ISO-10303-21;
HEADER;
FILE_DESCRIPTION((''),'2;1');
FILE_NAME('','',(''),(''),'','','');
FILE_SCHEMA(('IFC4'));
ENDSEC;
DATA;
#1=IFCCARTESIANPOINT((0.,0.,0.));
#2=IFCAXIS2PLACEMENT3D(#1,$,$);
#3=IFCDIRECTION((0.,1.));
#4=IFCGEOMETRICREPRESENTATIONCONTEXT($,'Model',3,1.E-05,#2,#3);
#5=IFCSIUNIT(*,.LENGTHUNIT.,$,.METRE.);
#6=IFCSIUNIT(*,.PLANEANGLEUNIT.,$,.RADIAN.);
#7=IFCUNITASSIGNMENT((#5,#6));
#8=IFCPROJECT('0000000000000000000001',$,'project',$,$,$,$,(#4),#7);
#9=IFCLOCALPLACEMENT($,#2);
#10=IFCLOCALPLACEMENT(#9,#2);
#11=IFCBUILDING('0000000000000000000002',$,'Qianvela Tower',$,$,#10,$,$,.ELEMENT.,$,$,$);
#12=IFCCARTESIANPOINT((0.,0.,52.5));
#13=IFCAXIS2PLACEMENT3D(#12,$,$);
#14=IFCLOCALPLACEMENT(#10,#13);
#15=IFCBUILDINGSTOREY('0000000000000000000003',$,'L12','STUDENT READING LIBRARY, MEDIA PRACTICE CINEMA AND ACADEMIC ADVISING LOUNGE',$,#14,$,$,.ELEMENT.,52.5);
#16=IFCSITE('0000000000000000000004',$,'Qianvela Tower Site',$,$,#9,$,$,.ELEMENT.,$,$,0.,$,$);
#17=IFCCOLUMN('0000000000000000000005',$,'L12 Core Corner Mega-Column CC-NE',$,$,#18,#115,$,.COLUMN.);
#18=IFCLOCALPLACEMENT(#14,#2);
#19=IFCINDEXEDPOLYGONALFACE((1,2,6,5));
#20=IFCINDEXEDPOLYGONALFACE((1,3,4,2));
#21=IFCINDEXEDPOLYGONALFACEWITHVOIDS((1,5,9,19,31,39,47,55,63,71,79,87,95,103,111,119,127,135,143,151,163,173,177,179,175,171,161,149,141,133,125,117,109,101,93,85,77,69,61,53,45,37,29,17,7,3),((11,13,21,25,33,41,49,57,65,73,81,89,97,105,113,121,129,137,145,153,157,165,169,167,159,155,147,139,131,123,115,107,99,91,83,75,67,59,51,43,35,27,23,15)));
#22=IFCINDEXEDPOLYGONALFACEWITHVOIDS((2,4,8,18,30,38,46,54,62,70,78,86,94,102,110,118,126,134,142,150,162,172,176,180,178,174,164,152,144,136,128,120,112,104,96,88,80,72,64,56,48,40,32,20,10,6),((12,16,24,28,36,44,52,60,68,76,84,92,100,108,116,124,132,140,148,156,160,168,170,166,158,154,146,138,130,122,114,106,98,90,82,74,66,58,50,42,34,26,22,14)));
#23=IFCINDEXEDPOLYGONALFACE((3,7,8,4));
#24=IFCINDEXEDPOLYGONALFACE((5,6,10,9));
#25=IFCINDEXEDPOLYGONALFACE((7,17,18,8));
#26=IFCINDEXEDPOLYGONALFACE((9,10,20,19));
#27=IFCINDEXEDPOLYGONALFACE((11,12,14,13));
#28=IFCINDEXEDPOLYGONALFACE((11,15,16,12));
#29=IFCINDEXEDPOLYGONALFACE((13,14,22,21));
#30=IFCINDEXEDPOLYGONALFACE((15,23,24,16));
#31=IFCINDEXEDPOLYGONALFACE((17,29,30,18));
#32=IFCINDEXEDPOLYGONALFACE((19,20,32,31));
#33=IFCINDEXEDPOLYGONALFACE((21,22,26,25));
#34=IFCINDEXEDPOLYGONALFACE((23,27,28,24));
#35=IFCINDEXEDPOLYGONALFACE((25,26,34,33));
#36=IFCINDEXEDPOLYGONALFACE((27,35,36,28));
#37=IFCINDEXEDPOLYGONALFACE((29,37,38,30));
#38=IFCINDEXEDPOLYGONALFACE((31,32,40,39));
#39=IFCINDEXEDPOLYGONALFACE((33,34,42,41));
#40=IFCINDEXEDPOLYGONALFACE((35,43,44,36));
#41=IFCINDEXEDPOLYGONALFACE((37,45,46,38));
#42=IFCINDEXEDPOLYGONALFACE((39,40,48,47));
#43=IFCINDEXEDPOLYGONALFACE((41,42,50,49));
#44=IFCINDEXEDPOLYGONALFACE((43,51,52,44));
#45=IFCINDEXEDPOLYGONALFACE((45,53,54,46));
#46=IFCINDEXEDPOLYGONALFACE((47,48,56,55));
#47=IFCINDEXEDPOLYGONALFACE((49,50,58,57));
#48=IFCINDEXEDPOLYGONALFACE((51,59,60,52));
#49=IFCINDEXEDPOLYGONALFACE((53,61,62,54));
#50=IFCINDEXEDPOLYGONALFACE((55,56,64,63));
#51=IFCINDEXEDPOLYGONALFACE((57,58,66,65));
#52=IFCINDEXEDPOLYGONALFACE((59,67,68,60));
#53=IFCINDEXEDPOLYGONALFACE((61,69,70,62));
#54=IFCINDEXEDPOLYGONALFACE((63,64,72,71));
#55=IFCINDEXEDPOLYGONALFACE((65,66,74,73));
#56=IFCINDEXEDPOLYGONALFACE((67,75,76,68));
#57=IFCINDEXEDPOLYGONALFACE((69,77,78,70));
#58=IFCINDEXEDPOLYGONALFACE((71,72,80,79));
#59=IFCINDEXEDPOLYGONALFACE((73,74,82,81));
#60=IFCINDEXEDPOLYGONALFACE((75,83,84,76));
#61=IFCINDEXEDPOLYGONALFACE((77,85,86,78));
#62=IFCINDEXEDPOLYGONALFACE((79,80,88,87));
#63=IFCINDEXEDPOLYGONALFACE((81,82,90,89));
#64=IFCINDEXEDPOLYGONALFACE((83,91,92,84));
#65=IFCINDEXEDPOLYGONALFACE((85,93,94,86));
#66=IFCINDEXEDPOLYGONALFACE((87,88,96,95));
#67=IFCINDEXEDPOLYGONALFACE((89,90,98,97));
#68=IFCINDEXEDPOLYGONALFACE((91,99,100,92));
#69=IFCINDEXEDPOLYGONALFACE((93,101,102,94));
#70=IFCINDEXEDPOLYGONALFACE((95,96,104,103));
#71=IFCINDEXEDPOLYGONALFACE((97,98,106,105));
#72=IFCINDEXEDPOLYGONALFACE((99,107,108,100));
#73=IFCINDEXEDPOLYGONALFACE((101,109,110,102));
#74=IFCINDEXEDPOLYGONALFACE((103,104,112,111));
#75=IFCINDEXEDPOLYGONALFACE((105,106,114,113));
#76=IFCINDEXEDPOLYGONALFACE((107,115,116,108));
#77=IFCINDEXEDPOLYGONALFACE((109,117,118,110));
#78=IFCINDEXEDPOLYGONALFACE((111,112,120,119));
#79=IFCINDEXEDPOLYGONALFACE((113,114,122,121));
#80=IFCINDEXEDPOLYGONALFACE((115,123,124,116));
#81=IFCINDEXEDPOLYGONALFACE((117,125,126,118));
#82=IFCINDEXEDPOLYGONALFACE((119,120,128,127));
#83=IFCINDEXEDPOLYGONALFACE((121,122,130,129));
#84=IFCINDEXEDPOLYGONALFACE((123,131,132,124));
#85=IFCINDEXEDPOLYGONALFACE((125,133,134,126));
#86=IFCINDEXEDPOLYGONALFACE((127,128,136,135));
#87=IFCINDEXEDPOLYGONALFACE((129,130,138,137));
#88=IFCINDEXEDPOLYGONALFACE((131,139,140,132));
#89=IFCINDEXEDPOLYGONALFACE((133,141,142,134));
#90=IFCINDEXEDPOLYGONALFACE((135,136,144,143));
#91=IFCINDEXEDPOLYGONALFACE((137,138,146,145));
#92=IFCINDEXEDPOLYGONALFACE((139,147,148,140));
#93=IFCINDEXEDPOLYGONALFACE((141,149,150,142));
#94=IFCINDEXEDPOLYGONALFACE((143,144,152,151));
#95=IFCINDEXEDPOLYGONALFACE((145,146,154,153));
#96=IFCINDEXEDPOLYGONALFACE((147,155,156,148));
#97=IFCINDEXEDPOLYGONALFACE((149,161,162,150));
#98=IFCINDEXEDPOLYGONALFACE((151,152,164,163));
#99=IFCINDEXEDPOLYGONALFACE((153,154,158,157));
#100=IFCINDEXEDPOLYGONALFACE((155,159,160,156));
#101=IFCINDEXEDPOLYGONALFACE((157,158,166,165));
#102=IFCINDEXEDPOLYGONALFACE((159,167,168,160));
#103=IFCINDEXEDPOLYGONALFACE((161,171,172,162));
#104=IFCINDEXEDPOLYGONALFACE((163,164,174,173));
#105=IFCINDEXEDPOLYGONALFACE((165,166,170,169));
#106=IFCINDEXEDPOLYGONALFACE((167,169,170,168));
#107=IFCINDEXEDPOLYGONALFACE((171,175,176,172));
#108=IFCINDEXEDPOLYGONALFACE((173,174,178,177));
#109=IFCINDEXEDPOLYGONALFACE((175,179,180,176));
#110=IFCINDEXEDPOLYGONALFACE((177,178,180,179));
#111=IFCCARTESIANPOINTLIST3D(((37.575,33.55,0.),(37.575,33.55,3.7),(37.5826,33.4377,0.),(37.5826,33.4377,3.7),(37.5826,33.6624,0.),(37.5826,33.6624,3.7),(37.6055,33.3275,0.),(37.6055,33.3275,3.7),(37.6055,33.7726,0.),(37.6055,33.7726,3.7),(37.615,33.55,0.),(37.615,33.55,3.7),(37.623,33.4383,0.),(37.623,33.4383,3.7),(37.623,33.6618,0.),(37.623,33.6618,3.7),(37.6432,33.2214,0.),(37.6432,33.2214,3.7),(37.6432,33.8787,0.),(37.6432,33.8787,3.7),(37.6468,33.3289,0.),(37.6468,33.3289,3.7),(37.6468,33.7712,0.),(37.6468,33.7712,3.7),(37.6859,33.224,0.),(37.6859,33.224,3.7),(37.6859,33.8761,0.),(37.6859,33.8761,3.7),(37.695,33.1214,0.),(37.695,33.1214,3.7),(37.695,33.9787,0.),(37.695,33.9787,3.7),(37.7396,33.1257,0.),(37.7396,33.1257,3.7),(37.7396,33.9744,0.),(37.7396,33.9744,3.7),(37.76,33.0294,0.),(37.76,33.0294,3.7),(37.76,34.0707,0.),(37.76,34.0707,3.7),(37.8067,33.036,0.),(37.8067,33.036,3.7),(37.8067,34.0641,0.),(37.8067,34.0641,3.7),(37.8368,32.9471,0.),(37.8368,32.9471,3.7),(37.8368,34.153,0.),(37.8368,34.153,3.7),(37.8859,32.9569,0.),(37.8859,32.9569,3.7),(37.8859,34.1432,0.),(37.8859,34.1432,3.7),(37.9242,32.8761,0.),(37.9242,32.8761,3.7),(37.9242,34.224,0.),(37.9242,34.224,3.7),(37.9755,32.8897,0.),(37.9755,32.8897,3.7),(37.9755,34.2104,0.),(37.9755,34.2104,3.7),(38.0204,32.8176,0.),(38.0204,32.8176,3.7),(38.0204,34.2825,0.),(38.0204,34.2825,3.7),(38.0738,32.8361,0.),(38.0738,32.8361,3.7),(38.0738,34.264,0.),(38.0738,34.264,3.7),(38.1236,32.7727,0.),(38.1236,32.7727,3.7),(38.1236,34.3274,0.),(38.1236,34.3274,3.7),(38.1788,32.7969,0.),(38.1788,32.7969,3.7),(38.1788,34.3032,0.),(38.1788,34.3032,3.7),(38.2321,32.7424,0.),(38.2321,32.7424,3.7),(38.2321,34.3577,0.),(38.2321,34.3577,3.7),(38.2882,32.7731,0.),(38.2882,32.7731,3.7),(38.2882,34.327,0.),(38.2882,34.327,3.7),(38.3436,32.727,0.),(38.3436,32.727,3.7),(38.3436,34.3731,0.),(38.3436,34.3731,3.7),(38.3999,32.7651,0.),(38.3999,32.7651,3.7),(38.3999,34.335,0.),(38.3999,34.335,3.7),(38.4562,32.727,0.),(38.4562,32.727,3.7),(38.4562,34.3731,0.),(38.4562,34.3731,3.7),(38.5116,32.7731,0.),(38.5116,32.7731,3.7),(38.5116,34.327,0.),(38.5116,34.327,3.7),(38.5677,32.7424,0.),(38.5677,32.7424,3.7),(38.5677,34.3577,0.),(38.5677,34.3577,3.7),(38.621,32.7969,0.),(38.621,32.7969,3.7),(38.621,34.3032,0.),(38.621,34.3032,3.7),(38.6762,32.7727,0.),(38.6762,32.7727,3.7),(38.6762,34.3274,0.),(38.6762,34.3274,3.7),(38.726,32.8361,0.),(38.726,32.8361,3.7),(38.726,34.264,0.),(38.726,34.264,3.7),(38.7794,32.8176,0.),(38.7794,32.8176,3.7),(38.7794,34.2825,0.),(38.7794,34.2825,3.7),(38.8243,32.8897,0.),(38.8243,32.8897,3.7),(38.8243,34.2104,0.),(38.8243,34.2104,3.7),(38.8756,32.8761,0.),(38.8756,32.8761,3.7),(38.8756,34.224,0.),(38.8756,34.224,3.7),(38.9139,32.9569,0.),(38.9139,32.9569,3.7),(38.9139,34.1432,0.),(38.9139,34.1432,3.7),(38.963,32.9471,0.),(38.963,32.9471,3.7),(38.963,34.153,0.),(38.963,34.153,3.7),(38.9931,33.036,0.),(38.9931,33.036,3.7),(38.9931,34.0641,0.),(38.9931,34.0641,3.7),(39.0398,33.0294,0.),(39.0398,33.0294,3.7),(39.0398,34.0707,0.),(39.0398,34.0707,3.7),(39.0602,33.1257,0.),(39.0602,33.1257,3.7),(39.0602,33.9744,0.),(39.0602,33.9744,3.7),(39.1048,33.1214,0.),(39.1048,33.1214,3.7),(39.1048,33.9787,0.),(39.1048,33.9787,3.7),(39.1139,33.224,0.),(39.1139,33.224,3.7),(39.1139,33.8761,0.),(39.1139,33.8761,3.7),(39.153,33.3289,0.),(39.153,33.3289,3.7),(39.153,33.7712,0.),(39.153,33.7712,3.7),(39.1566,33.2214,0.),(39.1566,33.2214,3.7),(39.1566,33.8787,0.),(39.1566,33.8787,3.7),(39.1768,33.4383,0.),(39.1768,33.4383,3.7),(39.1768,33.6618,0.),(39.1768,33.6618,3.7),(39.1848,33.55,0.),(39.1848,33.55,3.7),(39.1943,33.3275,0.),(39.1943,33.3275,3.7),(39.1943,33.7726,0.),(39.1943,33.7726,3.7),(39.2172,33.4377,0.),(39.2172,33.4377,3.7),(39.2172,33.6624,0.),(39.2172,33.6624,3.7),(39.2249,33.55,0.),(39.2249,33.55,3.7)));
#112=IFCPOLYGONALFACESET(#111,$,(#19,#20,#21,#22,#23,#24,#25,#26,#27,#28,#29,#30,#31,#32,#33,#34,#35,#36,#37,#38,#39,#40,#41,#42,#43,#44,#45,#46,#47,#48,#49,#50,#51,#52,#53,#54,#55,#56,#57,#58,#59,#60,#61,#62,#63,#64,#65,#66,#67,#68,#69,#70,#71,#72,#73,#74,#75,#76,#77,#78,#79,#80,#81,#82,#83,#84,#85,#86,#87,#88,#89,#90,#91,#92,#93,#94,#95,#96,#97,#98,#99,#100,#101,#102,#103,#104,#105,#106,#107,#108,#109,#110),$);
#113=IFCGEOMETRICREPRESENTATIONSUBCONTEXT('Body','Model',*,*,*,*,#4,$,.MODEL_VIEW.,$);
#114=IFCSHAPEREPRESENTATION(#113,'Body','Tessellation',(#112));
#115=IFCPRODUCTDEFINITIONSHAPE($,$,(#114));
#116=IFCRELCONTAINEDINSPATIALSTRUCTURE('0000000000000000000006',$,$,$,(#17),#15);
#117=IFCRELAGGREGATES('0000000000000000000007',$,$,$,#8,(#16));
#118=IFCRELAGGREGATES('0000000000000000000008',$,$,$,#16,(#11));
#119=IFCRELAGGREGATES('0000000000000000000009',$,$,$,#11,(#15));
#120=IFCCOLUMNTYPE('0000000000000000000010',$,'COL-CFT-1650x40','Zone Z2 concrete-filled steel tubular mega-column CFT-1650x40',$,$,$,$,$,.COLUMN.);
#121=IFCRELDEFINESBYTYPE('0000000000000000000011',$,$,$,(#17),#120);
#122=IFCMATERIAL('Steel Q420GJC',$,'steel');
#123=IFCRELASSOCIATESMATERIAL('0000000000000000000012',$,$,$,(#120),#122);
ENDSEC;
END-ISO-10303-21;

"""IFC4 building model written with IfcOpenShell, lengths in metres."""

from ifc_helpers import new_model, si_unit, direction, frame, origin, origin_2d, place, context, subcontext, project, spatial, hollow_circle, extrude, material, material_profile, profile_set, type_object, element, save


model = new_model("IFC4")

# Units and contexts
model_context = context("Model", 3, precision=1e-05, world=origin(), true_north=direction((0.0, 1.0)))
body_context = subcontext(model_context, "Body", "Model", "MODEL_VIEW")
ifc_project = project(units=[si_unit("LENGTHUNIT", "METRE"), si_unit("PLANEANGLEUNIT", "RADIAN")], contexts=[model_context])

# Site, building, storey
site_placement = place(None, origin())
site = spatial("IfcSite", under=ifc_project, at=site_placement, Name="Qianvela Tower Site", CompositionType="ELEMENT", RefElevation=0.0)
building_placement = place(site_placement, origin())
building = spatial("IfcBuilding", under=site, at=building_placement, Name="Qianvela Tower", CompositionType="ELEMENT")
storey_placement = place(building_placement, frame((0.0, 0.0, 52.5)))
storey = spatial("IfcBuildingStorey", under=building, at=storey_placement, Name="L12", Description="STUDENT READING LIBRARY, MEDIA PRACTICE CINEMA AND ACADEMIC ADVISING LOUNGE", CompositionType="ELEMENT", Elevation=52.5)

# Column
ifc_material_1 = material(Name="Steel Q420GJC", Category="steel")
ifc_material_profile_1 = material_profile(ifc_material_1, hollow_circle(Radius=0.825, WallThickness=0.04, at=origin_2d()), Name="CFT-1650x40")
ifc_profile_set_1 = profile_set([ifc_material_profile_1], Name="Steel Q420GJC")
column_type = type_object("IfcColumnType", Name="COL-CFT-1650x40", Description="Zone Z2 concrete-filled steel tubular mega-column CFT-1650x40", PredefinedType="COLUMN", material=ifc_profile_set_1)
column_1_placement = place(storey_placement, frame((38.3999, 33.55, 0.0), z_axis=(0.0, 0.0, 1.0), x_axis=(1.0, 0.0, 0.0)))
element("IfcColumn", 1, at=column_1_placement, inside=storey, type_object=column_type, Name="L12 Core Corner Mega-Column CC-NE", PredefinedType="COLUMN", context=body_context, shape_type="SweptSolid", body=[
    extrude(hollow_circle(Radius=0.825, WallThickness=0.04, at=origin_2d()), origin(), (0.0, 0.0, 1.0), 3.7),
])

save(model, "model.ifc")
